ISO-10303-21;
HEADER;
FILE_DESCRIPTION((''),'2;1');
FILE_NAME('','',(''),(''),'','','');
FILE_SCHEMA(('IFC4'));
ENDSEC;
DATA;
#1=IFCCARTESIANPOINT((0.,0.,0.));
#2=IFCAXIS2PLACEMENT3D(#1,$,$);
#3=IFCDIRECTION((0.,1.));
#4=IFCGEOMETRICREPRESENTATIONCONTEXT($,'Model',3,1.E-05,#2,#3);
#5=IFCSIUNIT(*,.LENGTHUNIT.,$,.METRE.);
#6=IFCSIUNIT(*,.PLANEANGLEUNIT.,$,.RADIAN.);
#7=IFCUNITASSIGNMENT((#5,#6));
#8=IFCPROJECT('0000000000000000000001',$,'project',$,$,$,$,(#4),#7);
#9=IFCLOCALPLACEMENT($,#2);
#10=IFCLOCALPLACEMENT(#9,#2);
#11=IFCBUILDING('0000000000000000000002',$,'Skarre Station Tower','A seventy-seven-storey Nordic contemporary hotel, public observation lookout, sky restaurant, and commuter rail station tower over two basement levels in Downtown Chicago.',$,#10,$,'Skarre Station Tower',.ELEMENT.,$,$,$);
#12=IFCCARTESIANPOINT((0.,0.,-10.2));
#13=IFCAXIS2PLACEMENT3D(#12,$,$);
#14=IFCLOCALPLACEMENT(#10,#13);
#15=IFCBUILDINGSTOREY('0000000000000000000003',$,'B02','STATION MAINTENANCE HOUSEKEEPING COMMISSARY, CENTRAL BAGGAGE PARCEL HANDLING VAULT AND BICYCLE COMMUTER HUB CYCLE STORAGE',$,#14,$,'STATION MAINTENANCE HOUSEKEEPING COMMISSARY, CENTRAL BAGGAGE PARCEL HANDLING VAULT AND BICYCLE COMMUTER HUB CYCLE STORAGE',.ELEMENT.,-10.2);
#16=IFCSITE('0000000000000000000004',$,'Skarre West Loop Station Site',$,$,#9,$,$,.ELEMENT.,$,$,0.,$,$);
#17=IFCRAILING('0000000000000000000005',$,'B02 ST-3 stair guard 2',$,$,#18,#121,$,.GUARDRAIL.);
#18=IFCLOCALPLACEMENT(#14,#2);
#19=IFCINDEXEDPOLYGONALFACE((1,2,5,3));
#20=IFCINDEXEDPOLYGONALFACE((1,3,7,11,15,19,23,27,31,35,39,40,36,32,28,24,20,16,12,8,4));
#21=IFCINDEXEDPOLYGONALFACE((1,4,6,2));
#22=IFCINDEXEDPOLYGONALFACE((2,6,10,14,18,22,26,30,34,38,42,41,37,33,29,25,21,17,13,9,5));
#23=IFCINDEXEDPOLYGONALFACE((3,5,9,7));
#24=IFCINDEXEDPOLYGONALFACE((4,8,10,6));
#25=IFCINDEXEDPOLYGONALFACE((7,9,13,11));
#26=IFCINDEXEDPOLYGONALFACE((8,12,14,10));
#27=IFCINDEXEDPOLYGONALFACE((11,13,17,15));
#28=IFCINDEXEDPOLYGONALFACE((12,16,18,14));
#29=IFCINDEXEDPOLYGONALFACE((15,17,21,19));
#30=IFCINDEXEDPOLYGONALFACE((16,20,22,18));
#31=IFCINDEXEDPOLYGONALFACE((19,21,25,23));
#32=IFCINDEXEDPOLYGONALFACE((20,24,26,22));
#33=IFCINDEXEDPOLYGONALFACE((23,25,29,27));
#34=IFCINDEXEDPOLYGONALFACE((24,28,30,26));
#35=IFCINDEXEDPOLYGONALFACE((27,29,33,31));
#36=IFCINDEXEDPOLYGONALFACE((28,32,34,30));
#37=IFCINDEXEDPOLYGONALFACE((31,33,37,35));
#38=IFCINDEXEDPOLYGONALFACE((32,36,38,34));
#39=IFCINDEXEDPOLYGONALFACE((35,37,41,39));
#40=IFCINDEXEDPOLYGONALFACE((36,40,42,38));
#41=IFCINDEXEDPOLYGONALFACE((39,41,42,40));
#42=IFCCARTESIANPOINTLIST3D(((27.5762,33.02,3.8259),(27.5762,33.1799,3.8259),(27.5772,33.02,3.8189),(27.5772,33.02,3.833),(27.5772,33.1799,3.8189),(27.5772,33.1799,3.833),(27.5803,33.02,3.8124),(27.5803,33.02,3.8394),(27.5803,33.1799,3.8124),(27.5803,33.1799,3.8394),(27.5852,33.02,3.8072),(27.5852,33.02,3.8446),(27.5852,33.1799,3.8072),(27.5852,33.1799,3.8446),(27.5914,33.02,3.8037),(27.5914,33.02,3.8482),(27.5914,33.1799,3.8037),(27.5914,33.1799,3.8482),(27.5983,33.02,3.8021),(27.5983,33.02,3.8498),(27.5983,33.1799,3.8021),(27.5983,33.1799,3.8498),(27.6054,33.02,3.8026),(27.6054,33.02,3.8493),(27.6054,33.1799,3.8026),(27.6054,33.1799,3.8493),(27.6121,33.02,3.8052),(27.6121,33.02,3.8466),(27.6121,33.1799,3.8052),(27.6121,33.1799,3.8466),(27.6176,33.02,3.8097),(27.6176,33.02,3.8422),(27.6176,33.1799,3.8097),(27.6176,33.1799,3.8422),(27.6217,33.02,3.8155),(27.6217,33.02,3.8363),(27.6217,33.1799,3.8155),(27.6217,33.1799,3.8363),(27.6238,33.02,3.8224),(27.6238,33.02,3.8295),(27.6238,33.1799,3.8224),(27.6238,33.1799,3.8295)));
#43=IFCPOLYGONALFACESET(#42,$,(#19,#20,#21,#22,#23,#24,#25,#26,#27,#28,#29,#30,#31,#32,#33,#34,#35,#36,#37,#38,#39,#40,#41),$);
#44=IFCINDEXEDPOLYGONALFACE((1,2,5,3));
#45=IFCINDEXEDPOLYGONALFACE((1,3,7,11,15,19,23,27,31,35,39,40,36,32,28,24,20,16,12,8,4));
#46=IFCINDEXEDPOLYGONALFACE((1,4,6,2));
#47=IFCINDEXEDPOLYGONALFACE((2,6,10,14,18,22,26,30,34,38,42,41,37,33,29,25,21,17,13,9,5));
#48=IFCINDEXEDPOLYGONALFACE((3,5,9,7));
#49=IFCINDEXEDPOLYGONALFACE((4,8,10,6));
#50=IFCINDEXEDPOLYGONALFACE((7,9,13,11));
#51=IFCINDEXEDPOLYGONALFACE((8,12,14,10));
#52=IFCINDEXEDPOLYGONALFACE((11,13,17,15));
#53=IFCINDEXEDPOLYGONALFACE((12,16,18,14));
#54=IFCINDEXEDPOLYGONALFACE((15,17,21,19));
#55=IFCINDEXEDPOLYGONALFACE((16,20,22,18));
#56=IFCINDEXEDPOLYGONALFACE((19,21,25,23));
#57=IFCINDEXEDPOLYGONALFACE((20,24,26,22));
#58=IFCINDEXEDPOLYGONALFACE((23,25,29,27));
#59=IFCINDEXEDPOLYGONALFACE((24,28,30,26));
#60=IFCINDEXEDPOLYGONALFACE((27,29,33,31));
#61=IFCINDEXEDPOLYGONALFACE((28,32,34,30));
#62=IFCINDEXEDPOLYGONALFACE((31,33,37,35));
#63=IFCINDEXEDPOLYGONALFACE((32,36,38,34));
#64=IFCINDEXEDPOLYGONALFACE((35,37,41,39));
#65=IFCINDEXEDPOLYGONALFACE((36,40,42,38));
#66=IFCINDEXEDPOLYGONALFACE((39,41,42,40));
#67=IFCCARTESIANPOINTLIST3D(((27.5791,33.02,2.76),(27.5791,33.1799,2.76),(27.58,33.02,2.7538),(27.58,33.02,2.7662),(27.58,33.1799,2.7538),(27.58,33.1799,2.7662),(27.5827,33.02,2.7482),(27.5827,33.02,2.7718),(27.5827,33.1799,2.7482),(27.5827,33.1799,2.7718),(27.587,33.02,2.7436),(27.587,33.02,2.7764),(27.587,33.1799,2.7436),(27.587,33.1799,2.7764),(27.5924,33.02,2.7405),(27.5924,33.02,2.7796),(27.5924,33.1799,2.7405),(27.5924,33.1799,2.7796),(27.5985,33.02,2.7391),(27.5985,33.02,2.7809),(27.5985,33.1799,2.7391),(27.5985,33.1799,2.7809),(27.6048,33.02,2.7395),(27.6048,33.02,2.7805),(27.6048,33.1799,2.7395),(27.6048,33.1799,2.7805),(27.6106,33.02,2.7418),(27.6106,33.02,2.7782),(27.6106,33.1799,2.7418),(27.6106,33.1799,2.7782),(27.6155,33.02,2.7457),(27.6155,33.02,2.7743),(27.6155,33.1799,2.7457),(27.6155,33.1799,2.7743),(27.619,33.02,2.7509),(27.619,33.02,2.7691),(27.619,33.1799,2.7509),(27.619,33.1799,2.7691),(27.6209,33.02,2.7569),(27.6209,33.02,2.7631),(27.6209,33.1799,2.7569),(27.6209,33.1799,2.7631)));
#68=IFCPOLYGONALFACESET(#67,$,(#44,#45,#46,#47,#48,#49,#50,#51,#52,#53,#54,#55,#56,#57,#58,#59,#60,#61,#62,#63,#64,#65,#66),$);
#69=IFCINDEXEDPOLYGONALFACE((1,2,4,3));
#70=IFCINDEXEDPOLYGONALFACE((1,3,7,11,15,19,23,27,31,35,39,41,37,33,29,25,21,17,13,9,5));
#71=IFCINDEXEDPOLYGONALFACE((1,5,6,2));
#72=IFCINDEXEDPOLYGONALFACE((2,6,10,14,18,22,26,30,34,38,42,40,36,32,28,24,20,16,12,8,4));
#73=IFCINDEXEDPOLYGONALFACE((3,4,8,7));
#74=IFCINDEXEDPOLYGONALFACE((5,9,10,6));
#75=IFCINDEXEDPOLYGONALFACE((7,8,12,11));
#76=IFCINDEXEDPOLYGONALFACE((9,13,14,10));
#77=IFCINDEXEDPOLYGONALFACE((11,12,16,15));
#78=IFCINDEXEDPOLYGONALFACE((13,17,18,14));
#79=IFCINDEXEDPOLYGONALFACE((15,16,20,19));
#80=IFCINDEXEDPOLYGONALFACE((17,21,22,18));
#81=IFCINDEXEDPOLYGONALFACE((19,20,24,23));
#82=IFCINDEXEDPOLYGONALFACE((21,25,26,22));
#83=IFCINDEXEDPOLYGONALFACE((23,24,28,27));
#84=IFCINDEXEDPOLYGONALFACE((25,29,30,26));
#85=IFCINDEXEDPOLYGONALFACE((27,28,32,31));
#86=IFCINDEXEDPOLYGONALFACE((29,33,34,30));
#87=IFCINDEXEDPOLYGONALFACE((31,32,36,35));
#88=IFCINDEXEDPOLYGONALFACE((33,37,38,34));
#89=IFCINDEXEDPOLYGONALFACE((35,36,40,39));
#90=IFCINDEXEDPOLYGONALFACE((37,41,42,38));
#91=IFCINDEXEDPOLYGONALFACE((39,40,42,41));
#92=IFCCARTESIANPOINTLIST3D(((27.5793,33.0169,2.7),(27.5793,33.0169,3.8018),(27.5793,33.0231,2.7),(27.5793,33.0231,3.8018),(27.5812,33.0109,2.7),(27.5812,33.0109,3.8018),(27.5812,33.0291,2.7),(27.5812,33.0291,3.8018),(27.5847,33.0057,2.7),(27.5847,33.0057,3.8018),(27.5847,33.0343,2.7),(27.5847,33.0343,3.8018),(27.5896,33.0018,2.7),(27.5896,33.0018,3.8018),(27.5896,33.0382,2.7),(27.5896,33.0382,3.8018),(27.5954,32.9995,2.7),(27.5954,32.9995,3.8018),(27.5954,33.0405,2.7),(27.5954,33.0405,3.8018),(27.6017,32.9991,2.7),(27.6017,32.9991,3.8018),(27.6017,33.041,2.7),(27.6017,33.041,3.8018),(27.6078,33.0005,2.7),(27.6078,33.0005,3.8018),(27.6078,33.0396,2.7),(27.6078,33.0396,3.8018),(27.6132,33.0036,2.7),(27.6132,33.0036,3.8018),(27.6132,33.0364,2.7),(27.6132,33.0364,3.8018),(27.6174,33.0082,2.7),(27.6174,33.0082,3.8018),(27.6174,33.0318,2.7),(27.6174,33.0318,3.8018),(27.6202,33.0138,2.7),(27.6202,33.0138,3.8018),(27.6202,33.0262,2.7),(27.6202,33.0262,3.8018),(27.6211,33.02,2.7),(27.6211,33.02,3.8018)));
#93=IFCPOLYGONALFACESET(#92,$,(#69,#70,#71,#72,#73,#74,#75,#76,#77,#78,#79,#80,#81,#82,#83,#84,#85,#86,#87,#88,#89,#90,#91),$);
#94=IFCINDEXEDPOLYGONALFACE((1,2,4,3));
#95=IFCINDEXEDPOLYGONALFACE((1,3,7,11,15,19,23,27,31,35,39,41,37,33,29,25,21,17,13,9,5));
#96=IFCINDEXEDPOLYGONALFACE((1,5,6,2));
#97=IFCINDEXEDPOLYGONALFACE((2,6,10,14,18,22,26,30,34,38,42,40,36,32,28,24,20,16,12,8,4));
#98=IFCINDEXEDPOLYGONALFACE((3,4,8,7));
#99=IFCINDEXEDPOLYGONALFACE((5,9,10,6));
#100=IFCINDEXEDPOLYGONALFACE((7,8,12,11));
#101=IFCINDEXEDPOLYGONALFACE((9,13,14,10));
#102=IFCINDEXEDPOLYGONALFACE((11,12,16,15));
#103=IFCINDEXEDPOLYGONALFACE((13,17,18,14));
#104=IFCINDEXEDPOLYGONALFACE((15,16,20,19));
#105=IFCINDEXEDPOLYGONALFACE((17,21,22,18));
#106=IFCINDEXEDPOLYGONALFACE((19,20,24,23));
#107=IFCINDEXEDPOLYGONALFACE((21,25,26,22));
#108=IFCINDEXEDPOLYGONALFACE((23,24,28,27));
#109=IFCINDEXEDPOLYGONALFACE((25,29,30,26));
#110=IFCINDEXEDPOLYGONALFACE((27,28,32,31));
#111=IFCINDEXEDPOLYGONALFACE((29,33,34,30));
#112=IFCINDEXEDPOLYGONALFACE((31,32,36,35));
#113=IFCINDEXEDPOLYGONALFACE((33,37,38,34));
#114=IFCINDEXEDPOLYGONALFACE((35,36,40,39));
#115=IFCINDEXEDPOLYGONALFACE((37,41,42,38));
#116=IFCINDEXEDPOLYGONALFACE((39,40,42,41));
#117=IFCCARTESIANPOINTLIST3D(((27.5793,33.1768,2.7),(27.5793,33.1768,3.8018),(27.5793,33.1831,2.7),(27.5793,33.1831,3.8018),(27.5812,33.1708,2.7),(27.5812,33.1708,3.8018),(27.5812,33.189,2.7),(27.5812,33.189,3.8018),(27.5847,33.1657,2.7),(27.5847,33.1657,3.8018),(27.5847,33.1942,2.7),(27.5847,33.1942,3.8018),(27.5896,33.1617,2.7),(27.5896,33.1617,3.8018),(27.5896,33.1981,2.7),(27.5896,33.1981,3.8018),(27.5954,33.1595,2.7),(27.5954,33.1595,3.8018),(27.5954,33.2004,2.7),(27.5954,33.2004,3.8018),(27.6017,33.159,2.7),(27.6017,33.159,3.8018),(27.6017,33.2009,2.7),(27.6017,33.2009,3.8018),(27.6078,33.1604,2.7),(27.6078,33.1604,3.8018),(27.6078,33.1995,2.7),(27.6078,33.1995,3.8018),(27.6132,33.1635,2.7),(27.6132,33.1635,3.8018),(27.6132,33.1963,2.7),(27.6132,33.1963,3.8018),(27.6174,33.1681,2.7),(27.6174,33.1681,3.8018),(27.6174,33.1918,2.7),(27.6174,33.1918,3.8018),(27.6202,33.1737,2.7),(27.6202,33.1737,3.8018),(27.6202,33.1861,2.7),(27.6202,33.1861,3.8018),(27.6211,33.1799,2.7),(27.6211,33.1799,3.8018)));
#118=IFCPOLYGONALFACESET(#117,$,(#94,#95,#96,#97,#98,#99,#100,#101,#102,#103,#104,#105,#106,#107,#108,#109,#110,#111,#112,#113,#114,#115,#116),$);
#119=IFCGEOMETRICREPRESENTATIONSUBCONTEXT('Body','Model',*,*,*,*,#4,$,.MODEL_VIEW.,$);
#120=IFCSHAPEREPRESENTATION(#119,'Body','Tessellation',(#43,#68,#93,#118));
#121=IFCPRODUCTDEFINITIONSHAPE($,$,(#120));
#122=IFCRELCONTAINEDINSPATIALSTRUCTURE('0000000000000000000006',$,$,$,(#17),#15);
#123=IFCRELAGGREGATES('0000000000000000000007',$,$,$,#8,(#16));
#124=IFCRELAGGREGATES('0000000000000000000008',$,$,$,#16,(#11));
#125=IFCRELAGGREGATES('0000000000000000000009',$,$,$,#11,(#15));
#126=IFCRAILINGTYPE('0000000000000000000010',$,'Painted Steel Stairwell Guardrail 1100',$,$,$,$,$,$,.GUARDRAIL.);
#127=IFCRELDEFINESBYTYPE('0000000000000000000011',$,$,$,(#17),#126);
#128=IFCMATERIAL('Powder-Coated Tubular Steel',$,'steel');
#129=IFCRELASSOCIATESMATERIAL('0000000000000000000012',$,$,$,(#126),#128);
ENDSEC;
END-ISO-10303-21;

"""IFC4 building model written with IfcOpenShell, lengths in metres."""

from ifc_helpers import new_model, si_unit, direction, frame, origin, origin_2d, place, context, subcontext, project, spatial, circle, extrude, material, type_object, element, save


model = new_model("IFC4")

# Units and contexts
model_context = context("Model", 3, precision=1e-05, world=origin(), true_north=direction((0.0, 1.0)))
body_context = subcontext(model_context, "Body", "Model", "MODEL_VIEW")
ifc_project = project(units=[si_unit("LENGTHUNIT", "METRE"), si_unit("PLANEANGLEUNIT", "RADIAN")], contexts=[model_context])

# Site, building, storey
site_placement = place(None, origin())
site = spatial("IfcSite", under=ifc_project, at=site_placement, Name="Skarre West Loop Station Site", CompositionType="ELEMENT", RefElevation=0.0)
building_placement = place(site_placement, origin())
building = spatial("IfcBuilding", under=site, at=building_placement, Name="Skarre Station Tower", Description="A seventy-seven-storey Nordic contemporary hotel, public observation lookout, sky restaurant, and commuter rail station tower over two basement levels in Downtown Chicago.", LongName="Skarre Station Tower", CompositionType="ELEMENT")
storey_placement = place(building_placement, frame((0.0, 0.0, -10.2)))
storey = spatial("IfcBuildingStorey", under=building, at=storey_placement, Name="B02", Description="STATION MAINTENANCE HOUSEKEEPING COMMISSARY, CENTRAL BAGGAGE PARCEL HANDLING VAULT AND BICYCLE COMMUTER HUB CYCLE STORAGE", LongName="STATION MAINTENANCE HOUSEKEEPING COMMISSARY, CENTRAL BAGGAGE PARCEL HANDLING VAULT AND BICYCLE COMMUTER HUB CYCLE STORAGE", CompositionType="ELEMENT", Elevation=-10.2)

# Railing
ifc_material_1 = material(Name="Powder-Coated Tubular Steel", Category="steel")
railing_type_1 = type_object("IfcRailingType", Name="Painted Steel Stairwell Guardrail 1100", PredefinedType="GUARDRAIL", material=ifc_material_1)
railing_1_placement = place(storey_placement, frame((27.6001, 33.02, 2.7)))
element("IfcRailing", 1, at=railing_1_placement, inside=storey, type_object=railing_type_1, Name="B02 ST-3 stair guard 2", PredefinedType="GUARDRAIL", context=body_context, shape_type="SweptSolid", body=[
    extrude(circle(Radius=0.0239, at=origin_2d()), frame((0.0, 0.0, 1.126), z_axis=(0.0, 1.0, 0.0), x_axis=(-1.0, 0.0, 0.0)), (0.0, 0.0, 1.0), 0.1599),
    extrude(circle(Radius=0.021, at=origin_2d()), frame((0.0, 0.0, 0.0601), z_axis=(0.0, 1.0, 0.0), x_axis=(-1.0, 0.0, 0.0)), (0.0, 0.0, 1.0), 0.1599),
    extrude(circle(Radius=0.021, at=origin_2d()), origin(), (0.0, 0.0, 1.0), 1.1018),
    extrude(circle(Radius=0.021, at=origin_2d()), frame((0.0, 0.1599, 0.0)), (0.0, 0.0, 1.0), 1.1018),
])

save(model, "model.ifc")
